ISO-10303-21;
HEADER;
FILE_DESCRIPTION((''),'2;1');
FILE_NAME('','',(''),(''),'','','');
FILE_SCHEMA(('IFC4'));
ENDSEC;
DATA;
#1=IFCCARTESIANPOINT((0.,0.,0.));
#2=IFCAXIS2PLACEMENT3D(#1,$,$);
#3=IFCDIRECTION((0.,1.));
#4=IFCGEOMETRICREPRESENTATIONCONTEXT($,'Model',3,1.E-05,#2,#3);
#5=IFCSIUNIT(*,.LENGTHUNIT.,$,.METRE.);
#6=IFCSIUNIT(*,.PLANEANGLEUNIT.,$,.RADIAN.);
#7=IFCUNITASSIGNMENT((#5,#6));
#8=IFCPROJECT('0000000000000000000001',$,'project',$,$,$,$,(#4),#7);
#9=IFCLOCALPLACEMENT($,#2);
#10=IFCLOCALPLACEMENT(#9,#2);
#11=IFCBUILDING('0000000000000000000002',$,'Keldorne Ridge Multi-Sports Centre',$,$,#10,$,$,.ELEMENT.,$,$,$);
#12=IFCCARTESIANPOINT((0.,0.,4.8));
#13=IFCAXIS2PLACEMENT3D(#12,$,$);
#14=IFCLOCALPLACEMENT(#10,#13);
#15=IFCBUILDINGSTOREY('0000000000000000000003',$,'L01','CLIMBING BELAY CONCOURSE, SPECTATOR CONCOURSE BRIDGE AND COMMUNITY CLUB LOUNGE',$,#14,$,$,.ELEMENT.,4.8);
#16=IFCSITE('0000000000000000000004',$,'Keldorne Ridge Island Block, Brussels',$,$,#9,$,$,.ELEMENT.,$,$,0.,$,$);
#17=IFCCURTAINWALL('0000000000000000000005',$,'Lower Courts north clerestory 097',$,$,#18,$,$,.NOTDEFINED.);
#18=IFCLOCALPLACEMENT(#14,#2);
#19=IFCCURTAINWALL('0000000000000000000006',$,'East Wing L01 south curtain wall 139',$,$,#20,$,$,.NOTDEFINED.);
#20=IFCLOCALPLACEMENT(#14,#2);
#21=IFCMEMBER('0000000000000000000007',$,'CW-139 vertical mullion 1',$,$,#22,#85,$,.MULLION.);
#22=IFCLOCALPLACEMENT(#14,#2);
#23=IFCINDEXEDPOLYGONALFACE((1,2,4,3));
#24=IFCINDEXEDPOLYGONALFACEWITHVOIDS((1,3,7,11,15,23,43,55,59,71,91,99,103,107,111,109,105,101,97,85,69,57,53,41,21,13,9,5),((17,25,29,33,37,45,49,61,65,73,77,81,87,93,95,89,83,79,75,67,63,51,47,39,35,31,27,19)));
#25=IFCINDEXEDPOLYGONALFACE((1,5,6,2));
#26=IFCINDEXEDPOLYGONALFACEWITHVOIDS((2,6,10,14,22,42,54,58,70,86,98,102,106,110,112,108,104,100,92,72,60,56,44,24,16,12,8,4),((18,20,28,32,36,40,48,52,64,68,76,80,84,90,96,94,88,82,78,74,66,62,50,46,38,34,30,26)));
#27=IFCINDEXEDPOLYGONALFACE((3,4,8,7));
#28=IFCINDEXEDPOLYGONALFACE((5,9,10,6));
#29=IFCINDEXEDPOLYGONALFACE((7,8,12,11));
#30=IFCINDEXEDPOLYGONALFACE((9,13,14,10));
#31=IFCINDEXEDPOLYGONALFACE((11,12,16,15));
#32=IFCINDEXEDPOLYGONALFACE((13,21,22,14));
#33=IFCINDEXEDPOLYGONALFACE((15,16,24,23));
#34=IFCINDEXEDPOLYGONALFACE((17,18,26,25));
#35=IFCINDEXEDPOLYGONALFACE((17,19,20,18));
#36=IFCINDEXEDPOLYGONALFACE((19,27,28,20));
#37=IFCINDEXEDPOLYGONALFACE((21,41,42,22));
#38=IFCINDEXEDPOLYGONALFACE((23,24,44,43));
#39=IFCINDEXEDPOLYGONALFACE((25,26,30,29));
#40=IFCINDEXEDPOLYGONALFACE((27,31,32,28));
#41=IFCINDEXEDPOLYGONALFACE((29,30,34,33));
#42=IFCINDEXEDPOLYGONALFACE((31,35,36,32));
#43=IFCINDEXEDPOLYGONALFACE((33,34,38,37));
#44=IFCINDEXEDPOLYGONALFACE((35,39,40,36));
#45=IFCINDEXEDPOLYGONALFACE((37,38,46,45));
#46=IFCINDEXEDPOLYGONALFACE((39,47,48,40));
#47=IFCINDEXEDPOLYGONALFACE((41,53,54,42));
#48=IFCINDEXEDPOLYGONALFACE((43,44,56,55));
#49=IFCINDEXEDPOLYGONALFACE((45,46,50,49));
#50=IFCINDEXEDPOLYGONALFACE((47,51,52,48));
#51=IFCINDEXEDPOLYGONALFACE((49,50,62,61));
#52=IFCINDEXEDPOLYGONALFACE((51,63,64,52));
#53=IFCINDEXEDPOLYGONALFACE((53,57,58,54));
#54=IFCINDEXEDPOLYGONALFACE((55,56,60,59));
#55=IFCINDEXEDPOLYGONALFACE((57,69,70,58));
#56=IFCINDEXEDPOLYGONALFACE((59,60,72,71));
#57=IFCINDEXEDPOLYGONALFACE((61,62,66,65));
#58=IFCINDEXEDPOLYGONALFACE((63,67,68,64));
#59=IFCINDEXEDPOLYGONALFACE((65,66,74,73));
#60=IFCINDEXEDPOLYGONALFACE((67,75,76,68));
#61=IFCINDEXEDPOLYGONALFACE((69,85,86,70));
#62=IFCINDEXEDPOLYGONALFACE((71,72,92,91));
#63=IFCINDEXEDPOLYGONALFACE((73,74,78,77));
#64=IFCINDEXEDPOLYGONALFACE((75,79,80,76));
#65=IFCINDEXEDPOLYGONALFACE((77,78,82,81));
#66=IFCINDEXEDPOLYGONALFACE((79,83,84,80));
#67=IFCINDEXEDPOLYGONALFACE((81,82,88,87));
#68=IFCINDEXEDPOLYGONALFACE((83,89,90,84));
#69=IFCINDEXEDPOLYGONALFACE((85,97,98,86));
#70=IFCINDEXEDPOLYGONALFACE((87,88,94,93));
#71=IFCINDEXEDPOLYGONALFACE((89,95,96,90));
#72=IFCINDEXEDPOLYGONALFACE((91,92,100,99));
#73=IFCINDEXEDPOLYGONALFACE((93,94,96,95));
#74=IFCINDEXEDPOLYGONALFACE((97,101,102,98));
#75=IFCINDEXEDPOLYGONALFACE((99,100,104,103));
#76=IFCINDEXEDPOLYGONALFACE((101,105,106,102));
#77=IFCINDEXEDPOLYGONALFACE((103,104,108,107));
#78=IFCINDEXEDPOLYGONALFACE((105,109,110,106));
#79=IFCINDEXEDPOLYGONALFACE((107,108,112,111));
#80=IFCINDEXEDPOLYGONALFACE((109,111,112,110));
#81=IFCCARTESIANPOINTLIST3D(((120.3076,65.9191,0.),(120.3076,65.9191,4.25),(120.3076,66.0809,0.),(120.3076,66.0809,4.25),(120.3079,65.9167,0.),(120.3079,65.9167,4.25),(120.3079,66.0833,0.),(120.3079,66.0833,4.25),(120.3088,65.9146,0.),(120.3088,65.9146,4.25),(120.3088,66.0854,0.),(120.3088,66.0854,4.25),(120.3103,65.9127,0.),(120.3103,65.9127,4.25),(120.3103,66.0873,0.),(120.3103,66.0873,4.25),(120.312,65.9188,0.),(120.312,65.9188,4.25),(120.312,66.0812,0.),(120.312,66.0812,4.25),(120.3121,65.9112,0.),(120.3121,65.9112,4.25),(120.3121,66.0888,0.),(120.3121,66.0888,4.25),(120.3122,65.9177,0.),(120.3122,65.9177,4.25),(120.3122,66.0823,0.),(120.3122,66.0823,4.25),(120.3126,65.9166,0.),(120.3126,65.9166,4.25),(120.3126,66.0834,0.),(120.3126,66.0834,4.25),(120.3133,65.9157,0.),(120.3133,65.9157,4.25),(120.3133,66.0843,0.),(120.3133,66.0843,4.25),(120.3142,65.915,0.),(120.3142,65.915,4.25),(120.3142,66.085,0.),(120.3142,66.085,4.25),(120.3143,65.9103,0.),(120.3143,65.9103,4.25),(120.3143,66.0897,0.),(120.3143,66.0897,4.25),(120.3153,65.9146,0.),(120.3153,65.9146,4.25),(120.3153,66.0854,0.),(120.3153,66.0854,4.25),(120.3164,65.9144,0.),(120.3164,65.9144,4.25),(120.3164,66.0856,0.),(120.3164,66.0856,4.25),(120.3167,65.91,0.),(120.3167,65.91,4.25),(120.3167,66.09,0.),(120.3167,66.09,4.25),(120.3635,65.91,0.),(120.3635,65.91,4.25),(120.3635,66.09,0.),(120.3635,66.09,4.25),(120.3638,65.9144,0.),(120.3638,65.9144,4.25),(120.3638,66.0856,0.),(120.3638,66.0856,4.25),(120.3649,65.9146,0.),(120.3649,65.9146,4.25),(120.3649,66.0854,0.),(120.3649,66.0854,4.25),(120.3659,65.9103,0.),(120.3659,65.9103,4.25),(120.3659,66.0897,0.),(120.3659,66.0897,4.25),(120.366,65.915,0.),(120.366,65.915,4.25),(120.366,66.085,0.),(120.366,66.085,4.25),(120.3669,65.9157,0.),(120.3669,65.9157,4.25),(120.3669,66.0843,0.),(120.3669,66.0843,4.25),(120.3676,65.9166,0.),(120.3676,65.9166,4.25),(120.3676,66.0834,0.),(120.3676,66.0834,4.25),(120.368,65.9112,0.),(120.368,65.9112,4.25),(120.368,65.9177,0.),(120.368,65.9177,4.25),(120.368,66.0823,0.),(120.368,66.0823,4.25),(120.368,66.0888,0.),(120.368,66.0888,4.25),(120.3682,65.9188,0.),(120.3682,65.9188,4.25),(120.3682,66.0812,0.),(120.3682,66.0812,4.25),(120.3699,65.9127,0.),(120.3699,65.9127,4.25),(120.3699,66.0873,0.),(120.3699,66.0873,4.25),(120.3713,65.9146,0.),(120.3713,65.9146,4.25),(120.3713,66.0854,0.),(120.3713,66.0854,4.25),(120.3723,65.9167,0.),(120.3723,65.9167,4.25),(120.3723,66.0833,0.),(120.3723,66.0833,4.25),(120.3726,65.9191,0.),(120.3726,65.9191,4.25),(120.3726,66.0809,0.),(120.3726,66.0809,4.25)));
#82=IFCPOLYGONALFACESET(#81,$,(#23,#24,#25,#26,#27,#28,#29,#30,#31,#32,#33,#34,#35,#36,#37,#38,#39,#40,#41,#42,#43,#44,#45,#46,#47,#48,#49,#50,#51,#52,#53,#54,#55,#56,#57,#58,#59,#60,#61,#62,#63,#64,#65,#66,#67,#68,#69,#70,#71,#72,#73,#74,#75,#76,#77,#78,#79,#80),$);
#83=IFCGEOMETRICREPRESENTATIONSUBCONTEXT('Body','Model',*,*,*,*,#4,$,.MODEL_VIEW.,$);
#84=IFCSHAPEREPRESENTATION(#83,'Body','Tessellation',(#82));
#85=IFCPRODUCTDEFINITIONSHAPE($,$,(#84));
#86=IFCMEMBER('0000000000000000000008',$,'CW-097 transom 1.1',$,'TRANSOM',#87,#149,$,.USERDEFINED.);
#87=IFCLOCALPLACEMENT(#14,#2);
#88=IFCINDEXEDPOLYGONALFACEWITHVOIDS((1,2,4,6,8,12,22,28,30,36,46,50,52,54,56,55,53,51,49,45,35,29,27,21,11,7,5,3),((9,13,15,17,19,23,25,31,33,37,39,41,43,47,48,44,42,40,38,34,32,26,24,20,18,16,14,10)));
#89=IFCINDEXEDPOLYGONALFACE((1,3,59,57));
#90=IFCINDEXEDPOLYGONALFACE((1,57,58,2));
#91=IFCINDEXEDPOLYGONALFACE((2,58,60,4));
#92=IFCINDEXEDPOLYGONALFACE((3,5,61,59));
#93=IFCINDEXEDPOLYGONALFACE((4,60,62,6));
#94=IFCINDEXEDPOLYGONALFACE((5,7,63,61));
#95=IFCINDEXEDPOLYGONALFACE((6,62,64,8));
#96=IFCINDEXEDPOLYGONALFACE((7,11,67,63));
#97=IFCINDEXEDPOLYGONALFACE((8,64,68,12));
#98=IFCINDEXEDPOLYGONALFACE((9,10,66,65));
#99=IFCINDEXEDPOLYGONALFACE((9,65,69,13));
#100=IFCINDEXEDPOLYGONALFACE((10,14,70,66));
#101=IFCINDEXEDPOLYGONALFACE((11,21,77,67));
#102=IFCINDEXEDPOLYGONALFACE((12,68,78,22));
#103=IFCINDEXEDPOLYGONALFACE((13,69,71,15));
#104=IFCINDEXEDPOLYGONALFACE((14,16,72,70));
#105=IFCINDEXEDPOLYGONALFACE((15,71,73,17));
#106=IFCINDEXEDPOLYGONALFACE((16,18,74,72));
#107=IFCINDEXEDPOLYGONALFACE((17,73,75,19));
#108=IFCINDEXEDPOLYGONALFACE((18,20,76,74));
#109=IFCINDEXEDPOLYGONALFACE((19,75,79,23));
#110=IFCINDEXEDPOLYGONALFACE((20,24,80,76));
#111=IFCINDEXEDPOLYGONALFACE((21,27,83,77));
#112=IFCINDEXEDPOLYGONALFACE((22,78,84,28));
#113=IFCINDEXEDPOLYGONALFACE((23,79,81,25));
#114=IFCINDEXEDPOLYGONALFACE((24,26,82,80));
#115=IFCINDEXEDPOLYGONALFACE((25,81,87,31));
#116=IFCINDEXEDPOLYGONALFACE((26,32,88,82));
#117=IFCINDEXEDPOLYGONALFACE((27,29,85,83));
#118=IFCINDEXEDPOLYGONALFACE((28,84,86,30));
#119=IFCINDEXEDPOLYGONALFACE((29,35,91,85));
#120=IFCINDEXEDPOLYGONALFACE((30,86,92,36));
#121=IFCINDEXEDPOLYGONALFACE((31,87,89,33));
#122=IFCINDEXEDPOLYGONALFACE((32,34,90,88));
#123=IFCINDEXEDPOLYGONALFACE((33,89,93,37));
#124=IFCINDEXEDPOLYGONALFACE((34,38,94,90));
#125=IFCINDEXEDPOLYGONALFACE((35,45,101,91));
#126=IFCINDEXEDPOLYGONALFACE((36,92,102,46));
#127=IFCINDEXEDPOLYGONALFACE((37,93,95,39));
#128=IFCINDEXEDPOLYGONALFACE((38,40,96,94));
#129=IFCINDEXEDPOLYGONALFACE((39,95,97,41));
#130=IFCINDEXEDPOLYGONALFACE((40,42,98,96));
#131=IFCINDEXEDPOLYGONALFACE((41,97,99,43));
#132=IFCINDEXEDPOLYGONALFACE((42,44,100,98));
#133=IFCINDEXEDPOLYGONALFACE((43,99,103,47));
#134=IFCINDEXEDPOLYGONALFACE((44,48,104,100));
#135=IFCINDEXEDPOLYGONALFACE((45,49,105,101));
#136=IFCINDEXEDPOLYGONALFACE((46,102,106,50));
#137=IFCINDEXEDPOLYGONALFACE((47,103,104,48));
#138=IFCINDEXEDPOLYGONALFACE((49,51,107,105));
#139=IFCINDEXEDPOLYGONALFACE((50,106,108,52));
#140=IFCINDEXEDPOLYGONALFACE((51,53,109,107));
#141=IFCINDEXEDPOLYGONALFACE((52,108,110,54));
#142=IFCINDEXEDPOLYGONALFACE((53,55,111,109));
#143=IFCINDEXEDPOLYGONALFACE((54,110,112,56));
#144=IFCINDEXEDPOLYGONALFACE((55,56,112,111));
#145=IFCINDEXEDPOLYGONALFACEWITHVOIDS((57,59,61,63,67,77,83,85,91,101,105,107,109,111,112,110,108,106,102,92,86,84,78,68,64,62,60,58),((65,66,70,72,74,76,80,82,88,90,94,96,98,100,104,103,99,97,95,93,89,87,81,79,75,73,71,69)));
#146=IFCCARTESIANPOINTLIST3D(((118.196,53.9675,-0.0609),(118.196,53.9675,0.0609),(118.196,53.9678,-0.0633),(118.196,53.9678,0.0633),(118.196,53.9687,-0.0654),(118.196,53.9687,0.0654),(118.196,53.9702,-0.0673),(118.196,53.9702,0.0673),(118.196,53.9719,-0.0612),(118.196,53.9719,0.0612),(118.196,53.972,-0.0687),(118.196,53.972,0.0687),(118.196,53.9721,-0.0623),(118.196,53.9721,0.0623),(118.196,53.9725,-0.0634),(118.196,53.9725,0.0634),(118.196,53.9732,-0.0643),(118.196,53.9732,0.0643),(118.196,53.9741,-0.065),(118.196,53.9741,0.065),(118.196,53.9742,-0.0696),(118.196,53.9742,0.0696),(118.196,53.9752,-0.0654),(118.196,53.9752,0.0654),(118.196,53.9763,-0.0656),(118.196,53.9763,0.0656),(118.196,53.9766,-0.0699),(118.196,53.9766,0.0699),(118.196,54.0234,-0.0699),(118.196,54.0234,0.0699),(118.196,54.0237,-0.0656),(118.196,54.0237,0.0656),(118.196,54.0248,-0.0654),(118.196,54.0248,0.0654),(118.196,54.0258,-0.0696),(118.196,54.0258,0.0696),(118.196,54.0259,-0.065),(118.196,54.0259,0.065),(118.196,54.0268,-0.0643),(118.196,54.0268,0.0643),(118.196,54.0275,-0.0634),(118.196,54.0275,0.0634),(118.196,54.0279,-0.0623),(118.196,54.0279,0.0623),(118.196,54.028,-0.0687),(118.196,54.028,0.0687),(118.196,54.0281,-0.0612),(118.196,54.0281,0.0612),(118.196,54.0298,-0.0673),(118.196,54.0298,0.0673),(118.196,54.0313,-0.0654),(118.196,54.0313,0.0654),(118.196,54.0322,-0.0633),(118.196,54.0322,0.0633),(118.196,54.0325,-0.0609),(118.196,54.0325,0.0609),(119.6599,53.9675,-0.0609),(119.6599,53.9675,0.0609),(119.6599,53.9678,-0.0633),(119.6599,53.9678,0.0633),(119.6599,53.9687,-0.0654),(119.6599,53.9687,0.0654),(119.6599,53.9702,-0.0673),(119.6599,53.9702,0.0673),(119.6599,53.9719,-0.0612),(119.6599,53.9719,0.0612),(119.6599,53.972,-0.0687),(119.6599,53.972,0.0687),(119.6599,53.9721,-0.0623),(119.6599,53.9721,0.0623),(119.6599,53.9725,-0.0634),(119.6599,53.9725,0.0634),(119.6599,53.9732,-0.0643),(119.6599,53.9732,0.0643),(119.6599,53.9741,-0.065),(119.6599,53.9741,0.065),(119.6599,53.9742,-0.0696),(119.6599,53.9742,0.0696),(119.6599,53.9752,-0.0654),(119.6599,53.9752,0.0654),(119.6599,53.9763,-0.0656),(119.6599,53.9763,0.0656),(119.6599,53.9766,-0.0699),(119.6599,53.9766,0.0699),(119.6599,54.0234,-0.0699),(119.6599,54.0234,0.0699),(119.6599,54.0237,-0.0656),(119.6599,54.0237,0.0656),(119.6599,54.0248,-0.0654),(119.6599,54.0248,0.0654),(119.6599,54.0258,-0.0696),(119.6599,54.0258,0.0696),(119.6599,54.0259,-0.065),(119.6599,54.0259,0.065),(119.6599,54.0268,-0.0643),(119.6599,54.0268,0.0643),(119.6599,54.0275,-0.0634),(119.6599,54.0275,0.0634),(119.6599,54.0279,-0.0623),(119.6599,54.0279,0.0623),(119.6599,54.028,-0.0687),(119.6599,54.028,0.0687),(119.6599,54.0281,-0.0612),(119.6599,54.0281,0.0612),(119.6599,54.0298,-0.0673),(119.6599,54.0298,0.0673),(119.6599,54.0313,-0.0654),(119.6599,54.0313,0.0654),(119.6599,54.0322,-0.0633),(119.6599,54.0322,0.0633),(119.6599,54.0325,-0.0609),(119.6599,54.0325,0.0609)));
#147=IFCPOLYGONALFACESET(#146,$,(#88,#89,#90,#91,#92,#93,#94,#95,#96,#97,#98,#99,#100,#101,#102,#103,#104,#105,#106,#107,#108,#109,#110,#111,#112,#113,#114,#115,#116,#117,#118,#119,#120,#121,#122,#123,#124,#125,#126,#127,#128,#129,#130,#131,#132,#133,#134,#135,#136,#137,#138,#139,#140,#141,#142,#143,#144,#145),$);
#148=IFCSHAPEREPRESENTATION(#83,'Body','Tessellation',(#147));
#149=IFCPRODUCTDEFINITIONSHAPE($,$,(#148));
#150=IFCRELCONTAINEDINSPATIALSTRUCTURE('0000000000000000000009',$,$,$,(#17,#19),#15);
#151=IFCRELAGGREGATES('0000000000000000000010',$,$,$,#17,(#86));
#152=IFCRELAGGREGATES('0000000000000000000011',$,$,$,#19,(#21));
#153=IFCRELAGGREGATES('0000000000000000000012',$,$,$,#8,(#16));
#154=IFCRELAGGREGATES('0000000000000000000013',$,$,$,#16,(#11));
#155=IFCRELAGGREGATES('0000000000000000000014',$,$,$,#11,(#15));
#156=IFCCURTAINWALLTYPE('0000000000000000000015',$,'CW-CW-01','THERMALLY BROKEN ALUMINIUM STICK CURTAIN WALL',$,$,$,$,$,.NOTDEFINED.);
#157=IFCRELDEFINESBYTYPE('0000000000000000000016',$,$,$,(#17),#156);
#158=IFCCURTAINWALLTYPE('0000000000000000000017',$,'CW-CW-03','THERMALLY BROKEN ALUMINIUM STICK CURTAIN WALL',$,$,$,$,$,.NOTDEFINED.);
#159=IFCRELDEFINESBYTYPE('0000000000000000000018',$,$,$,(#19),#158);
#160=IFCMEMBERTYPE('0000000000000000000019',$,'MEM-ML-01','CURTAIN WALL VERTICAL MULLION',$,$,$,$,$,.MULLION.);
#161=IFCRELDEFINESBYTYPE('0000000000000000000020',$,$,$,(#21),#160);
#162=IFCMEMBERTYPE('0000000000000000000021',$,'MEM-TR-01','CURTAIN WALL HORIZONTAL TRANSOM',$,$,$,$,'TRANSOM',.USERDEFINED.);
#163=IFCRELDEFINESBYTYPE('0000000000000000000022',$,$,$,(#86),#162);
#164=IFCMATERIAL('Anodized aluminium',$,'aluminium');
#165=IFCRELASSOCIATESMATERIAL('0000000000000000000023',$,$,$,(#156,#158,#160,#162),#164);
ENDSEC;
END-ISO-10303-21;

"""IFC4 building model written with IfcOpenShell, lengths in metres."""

from ifc_helpers import new_model, si_unit, direction, frame, origin, origin_2d, place, context, subcontext, project, spatial, hollow_rectangle, extrude, material, material_profile, profile_set, type_object, element, aggregate, save


model = new_model("IFC4")

# Units and contexts
model_context = context("Model", 3, precision=1e-05, world=origin(), true_north=direction((0.0, 1.0)))
body_context = subcontext(model_context, "Body", "Model", "MODEL_VIEW")
ifc_project = project(units=[si_unit("LENGTHUNIT", "METRE"), si_unit("PLANEANGLEUNIT", "RADIAN")], contexts=[model_context])

# Site, building, storey
site_placement = place(None, origin())
site = spatial("IfcSite", under=ifc_project, at=site_placement, Name="Keldorne Ridge Island Block, Brussels", CompositionType="ELEMENT", RefElevation=0.0)
building_placement = place(site_placement, origin())
building = spatial("IfcBuilding", under=site, at=building_placement, Name="Keldorne Ridge Multi-Sports Centre", CompositionType="ELEMENT")
storey_placement = place(building_placement, frame((0.0, 0.0, 4.8)))
storey = spatial("IfcBuildingStorey", under=building, at=storey_placement, Name="L01", Description="CLIMBING BELAY CONCOURSE, SPECTATOR CONCOURSE BRIDGE AND COMMUNITY CLUB LOUNGE", CompositionType="ELEMENT", Elevation=4.8)

# Curtain wall
ifc_material_1 = material(Name="Anodized aluminium", Category="aluminium")
curtain_wall_type_1 = type_object("IfcCurtainWallType", Name="CW-CW-01", Description="THERMALLY BROKEN ALUMINIUM STICK CURTAIN WALL", PredefinedType="NOTDEFINED", material=ifc_material_1)
curtain_wall_1_placement = place(storey_placement, origin())
curtain_wall_1 = element("IfcCurtainWall", 1, at=curtain_wall_1_placement, inside=storey, type_object=curtain_wall_type_1, Name="Lower Courts north clerestory 097", PredefinedType="NOTDEFINED")
ifc_material_profile_1 = material_profile(ifc_material_1, hollow_rectangle(XDim=0.0649, YDim=0.1799, WallThickness=0.0044, InnerFilletRadius=0.0044, OuterFilletRadius=0.009, at=origin_2d()), Name="ALU MULLION 180x65x4.5")
ifc_profile_set_1 = profile_set([ifc_material_profile_1], Name="Anodized aluminium")
member_type_1 = type_object("IfcMemberType", Name="MEM-ML-01", Description="CURTAIN WALL VERTICAL MULLION", PredefinedType="MULLION", material=ifc_profile_set_1)

# Curtain wall, member
curtain_wall_type_2 = type_object("IfcCurtainWallType", Name="CW-CW-03", Description="THERMALLY BROKEN ALUMINIUM STICK CURTAIN WALL", PredefinedType="NOTDEFINED", material=ifc_material_1)
curtain_wall_2_placement = place(storey_placement, origin())
curtain_wall_2 = element("IfcCurtainWall", 2, at=curtain_wall_2_placement, inside=storey, type_object=curtain_wall_type_2, Name="East Wing L01 south curtain wall 139", PredefinedType="NOTDEFINED")
member_1_placement = place(storey_placement, frame((120.3401, 66.0, 0.0), z_axis=(0.0, 0.0, 1.0), x_axis=(1.0, 0.0, 0.0)))
member_1 = element("IfcMember", 3, at=member_1_placement, type_object=member_type_1, Name="CW-139 vertical mullion 1", PredefinedType="MULLION", context=body_context, shape_type="SweptSolid", body=[
    extrude(hollow_rectangle(XDim=0.0649, YDim=0.1799, WallThickness=0.0044, InnerFilletRadius=0.0044, OuterFilletRadius=0.009, at=origin_2d()), origin(), (0.0, 0.0, 1.0), 4.25),
])

# Member
ifc_material_profile_2 = material_profile(ifc_material_1, hollow_rectangle(XDim=0.0649, YDim=0.1399, WallThickness=0.0044, InnerFilletRadius=0.0044, OuterFilletRadius=0.009, at=origin_2d()), Name="ALU TRANSOM 140x65x4.5")
ifc_profile_set_2 = profile_set([ifc_material_profile_2], Name="Anodized aluminium")
member_type_2 = type_object("IfcMemberType", Name="MEM-TR-01", Description="CURTAIN WALL HORIZONTAL TRANSOM", ElementType="TRANSOM", PredefinedType="USERDEFINED", material=ifc_profile_set_2)
member_2_placement = place(storey_placement, frame((119.6599, 54.0, 0.0), z_axis=(-1.0, 0.0, 0.0), x_axis=(0.0, -1.0, 0.0)))
member_2 = element("IfcMember", 4, at=member_2_placement, type_object=member_type_2, Name="CW-097 transom 1.1", ObjectType="TRANSOM", PredefinedType="USERDEFINED", context=body_context, shape_type="SweptSolid", body=[
    extrude(hollow_rectangle(XDim=0.0649, YDim=0.1399, WallThickness=0.0044, InnerFilletRadius=0.0044, OuterFilletRadius=0.009, at=origin_2d()), origin(), (0.0, 0.0, 1.0), 1.4639),
])

aggregate(curtain_wall_1, [member_2])
aggregate(curtain_wall_2, [member_1])

save(model, "model.ifc")
